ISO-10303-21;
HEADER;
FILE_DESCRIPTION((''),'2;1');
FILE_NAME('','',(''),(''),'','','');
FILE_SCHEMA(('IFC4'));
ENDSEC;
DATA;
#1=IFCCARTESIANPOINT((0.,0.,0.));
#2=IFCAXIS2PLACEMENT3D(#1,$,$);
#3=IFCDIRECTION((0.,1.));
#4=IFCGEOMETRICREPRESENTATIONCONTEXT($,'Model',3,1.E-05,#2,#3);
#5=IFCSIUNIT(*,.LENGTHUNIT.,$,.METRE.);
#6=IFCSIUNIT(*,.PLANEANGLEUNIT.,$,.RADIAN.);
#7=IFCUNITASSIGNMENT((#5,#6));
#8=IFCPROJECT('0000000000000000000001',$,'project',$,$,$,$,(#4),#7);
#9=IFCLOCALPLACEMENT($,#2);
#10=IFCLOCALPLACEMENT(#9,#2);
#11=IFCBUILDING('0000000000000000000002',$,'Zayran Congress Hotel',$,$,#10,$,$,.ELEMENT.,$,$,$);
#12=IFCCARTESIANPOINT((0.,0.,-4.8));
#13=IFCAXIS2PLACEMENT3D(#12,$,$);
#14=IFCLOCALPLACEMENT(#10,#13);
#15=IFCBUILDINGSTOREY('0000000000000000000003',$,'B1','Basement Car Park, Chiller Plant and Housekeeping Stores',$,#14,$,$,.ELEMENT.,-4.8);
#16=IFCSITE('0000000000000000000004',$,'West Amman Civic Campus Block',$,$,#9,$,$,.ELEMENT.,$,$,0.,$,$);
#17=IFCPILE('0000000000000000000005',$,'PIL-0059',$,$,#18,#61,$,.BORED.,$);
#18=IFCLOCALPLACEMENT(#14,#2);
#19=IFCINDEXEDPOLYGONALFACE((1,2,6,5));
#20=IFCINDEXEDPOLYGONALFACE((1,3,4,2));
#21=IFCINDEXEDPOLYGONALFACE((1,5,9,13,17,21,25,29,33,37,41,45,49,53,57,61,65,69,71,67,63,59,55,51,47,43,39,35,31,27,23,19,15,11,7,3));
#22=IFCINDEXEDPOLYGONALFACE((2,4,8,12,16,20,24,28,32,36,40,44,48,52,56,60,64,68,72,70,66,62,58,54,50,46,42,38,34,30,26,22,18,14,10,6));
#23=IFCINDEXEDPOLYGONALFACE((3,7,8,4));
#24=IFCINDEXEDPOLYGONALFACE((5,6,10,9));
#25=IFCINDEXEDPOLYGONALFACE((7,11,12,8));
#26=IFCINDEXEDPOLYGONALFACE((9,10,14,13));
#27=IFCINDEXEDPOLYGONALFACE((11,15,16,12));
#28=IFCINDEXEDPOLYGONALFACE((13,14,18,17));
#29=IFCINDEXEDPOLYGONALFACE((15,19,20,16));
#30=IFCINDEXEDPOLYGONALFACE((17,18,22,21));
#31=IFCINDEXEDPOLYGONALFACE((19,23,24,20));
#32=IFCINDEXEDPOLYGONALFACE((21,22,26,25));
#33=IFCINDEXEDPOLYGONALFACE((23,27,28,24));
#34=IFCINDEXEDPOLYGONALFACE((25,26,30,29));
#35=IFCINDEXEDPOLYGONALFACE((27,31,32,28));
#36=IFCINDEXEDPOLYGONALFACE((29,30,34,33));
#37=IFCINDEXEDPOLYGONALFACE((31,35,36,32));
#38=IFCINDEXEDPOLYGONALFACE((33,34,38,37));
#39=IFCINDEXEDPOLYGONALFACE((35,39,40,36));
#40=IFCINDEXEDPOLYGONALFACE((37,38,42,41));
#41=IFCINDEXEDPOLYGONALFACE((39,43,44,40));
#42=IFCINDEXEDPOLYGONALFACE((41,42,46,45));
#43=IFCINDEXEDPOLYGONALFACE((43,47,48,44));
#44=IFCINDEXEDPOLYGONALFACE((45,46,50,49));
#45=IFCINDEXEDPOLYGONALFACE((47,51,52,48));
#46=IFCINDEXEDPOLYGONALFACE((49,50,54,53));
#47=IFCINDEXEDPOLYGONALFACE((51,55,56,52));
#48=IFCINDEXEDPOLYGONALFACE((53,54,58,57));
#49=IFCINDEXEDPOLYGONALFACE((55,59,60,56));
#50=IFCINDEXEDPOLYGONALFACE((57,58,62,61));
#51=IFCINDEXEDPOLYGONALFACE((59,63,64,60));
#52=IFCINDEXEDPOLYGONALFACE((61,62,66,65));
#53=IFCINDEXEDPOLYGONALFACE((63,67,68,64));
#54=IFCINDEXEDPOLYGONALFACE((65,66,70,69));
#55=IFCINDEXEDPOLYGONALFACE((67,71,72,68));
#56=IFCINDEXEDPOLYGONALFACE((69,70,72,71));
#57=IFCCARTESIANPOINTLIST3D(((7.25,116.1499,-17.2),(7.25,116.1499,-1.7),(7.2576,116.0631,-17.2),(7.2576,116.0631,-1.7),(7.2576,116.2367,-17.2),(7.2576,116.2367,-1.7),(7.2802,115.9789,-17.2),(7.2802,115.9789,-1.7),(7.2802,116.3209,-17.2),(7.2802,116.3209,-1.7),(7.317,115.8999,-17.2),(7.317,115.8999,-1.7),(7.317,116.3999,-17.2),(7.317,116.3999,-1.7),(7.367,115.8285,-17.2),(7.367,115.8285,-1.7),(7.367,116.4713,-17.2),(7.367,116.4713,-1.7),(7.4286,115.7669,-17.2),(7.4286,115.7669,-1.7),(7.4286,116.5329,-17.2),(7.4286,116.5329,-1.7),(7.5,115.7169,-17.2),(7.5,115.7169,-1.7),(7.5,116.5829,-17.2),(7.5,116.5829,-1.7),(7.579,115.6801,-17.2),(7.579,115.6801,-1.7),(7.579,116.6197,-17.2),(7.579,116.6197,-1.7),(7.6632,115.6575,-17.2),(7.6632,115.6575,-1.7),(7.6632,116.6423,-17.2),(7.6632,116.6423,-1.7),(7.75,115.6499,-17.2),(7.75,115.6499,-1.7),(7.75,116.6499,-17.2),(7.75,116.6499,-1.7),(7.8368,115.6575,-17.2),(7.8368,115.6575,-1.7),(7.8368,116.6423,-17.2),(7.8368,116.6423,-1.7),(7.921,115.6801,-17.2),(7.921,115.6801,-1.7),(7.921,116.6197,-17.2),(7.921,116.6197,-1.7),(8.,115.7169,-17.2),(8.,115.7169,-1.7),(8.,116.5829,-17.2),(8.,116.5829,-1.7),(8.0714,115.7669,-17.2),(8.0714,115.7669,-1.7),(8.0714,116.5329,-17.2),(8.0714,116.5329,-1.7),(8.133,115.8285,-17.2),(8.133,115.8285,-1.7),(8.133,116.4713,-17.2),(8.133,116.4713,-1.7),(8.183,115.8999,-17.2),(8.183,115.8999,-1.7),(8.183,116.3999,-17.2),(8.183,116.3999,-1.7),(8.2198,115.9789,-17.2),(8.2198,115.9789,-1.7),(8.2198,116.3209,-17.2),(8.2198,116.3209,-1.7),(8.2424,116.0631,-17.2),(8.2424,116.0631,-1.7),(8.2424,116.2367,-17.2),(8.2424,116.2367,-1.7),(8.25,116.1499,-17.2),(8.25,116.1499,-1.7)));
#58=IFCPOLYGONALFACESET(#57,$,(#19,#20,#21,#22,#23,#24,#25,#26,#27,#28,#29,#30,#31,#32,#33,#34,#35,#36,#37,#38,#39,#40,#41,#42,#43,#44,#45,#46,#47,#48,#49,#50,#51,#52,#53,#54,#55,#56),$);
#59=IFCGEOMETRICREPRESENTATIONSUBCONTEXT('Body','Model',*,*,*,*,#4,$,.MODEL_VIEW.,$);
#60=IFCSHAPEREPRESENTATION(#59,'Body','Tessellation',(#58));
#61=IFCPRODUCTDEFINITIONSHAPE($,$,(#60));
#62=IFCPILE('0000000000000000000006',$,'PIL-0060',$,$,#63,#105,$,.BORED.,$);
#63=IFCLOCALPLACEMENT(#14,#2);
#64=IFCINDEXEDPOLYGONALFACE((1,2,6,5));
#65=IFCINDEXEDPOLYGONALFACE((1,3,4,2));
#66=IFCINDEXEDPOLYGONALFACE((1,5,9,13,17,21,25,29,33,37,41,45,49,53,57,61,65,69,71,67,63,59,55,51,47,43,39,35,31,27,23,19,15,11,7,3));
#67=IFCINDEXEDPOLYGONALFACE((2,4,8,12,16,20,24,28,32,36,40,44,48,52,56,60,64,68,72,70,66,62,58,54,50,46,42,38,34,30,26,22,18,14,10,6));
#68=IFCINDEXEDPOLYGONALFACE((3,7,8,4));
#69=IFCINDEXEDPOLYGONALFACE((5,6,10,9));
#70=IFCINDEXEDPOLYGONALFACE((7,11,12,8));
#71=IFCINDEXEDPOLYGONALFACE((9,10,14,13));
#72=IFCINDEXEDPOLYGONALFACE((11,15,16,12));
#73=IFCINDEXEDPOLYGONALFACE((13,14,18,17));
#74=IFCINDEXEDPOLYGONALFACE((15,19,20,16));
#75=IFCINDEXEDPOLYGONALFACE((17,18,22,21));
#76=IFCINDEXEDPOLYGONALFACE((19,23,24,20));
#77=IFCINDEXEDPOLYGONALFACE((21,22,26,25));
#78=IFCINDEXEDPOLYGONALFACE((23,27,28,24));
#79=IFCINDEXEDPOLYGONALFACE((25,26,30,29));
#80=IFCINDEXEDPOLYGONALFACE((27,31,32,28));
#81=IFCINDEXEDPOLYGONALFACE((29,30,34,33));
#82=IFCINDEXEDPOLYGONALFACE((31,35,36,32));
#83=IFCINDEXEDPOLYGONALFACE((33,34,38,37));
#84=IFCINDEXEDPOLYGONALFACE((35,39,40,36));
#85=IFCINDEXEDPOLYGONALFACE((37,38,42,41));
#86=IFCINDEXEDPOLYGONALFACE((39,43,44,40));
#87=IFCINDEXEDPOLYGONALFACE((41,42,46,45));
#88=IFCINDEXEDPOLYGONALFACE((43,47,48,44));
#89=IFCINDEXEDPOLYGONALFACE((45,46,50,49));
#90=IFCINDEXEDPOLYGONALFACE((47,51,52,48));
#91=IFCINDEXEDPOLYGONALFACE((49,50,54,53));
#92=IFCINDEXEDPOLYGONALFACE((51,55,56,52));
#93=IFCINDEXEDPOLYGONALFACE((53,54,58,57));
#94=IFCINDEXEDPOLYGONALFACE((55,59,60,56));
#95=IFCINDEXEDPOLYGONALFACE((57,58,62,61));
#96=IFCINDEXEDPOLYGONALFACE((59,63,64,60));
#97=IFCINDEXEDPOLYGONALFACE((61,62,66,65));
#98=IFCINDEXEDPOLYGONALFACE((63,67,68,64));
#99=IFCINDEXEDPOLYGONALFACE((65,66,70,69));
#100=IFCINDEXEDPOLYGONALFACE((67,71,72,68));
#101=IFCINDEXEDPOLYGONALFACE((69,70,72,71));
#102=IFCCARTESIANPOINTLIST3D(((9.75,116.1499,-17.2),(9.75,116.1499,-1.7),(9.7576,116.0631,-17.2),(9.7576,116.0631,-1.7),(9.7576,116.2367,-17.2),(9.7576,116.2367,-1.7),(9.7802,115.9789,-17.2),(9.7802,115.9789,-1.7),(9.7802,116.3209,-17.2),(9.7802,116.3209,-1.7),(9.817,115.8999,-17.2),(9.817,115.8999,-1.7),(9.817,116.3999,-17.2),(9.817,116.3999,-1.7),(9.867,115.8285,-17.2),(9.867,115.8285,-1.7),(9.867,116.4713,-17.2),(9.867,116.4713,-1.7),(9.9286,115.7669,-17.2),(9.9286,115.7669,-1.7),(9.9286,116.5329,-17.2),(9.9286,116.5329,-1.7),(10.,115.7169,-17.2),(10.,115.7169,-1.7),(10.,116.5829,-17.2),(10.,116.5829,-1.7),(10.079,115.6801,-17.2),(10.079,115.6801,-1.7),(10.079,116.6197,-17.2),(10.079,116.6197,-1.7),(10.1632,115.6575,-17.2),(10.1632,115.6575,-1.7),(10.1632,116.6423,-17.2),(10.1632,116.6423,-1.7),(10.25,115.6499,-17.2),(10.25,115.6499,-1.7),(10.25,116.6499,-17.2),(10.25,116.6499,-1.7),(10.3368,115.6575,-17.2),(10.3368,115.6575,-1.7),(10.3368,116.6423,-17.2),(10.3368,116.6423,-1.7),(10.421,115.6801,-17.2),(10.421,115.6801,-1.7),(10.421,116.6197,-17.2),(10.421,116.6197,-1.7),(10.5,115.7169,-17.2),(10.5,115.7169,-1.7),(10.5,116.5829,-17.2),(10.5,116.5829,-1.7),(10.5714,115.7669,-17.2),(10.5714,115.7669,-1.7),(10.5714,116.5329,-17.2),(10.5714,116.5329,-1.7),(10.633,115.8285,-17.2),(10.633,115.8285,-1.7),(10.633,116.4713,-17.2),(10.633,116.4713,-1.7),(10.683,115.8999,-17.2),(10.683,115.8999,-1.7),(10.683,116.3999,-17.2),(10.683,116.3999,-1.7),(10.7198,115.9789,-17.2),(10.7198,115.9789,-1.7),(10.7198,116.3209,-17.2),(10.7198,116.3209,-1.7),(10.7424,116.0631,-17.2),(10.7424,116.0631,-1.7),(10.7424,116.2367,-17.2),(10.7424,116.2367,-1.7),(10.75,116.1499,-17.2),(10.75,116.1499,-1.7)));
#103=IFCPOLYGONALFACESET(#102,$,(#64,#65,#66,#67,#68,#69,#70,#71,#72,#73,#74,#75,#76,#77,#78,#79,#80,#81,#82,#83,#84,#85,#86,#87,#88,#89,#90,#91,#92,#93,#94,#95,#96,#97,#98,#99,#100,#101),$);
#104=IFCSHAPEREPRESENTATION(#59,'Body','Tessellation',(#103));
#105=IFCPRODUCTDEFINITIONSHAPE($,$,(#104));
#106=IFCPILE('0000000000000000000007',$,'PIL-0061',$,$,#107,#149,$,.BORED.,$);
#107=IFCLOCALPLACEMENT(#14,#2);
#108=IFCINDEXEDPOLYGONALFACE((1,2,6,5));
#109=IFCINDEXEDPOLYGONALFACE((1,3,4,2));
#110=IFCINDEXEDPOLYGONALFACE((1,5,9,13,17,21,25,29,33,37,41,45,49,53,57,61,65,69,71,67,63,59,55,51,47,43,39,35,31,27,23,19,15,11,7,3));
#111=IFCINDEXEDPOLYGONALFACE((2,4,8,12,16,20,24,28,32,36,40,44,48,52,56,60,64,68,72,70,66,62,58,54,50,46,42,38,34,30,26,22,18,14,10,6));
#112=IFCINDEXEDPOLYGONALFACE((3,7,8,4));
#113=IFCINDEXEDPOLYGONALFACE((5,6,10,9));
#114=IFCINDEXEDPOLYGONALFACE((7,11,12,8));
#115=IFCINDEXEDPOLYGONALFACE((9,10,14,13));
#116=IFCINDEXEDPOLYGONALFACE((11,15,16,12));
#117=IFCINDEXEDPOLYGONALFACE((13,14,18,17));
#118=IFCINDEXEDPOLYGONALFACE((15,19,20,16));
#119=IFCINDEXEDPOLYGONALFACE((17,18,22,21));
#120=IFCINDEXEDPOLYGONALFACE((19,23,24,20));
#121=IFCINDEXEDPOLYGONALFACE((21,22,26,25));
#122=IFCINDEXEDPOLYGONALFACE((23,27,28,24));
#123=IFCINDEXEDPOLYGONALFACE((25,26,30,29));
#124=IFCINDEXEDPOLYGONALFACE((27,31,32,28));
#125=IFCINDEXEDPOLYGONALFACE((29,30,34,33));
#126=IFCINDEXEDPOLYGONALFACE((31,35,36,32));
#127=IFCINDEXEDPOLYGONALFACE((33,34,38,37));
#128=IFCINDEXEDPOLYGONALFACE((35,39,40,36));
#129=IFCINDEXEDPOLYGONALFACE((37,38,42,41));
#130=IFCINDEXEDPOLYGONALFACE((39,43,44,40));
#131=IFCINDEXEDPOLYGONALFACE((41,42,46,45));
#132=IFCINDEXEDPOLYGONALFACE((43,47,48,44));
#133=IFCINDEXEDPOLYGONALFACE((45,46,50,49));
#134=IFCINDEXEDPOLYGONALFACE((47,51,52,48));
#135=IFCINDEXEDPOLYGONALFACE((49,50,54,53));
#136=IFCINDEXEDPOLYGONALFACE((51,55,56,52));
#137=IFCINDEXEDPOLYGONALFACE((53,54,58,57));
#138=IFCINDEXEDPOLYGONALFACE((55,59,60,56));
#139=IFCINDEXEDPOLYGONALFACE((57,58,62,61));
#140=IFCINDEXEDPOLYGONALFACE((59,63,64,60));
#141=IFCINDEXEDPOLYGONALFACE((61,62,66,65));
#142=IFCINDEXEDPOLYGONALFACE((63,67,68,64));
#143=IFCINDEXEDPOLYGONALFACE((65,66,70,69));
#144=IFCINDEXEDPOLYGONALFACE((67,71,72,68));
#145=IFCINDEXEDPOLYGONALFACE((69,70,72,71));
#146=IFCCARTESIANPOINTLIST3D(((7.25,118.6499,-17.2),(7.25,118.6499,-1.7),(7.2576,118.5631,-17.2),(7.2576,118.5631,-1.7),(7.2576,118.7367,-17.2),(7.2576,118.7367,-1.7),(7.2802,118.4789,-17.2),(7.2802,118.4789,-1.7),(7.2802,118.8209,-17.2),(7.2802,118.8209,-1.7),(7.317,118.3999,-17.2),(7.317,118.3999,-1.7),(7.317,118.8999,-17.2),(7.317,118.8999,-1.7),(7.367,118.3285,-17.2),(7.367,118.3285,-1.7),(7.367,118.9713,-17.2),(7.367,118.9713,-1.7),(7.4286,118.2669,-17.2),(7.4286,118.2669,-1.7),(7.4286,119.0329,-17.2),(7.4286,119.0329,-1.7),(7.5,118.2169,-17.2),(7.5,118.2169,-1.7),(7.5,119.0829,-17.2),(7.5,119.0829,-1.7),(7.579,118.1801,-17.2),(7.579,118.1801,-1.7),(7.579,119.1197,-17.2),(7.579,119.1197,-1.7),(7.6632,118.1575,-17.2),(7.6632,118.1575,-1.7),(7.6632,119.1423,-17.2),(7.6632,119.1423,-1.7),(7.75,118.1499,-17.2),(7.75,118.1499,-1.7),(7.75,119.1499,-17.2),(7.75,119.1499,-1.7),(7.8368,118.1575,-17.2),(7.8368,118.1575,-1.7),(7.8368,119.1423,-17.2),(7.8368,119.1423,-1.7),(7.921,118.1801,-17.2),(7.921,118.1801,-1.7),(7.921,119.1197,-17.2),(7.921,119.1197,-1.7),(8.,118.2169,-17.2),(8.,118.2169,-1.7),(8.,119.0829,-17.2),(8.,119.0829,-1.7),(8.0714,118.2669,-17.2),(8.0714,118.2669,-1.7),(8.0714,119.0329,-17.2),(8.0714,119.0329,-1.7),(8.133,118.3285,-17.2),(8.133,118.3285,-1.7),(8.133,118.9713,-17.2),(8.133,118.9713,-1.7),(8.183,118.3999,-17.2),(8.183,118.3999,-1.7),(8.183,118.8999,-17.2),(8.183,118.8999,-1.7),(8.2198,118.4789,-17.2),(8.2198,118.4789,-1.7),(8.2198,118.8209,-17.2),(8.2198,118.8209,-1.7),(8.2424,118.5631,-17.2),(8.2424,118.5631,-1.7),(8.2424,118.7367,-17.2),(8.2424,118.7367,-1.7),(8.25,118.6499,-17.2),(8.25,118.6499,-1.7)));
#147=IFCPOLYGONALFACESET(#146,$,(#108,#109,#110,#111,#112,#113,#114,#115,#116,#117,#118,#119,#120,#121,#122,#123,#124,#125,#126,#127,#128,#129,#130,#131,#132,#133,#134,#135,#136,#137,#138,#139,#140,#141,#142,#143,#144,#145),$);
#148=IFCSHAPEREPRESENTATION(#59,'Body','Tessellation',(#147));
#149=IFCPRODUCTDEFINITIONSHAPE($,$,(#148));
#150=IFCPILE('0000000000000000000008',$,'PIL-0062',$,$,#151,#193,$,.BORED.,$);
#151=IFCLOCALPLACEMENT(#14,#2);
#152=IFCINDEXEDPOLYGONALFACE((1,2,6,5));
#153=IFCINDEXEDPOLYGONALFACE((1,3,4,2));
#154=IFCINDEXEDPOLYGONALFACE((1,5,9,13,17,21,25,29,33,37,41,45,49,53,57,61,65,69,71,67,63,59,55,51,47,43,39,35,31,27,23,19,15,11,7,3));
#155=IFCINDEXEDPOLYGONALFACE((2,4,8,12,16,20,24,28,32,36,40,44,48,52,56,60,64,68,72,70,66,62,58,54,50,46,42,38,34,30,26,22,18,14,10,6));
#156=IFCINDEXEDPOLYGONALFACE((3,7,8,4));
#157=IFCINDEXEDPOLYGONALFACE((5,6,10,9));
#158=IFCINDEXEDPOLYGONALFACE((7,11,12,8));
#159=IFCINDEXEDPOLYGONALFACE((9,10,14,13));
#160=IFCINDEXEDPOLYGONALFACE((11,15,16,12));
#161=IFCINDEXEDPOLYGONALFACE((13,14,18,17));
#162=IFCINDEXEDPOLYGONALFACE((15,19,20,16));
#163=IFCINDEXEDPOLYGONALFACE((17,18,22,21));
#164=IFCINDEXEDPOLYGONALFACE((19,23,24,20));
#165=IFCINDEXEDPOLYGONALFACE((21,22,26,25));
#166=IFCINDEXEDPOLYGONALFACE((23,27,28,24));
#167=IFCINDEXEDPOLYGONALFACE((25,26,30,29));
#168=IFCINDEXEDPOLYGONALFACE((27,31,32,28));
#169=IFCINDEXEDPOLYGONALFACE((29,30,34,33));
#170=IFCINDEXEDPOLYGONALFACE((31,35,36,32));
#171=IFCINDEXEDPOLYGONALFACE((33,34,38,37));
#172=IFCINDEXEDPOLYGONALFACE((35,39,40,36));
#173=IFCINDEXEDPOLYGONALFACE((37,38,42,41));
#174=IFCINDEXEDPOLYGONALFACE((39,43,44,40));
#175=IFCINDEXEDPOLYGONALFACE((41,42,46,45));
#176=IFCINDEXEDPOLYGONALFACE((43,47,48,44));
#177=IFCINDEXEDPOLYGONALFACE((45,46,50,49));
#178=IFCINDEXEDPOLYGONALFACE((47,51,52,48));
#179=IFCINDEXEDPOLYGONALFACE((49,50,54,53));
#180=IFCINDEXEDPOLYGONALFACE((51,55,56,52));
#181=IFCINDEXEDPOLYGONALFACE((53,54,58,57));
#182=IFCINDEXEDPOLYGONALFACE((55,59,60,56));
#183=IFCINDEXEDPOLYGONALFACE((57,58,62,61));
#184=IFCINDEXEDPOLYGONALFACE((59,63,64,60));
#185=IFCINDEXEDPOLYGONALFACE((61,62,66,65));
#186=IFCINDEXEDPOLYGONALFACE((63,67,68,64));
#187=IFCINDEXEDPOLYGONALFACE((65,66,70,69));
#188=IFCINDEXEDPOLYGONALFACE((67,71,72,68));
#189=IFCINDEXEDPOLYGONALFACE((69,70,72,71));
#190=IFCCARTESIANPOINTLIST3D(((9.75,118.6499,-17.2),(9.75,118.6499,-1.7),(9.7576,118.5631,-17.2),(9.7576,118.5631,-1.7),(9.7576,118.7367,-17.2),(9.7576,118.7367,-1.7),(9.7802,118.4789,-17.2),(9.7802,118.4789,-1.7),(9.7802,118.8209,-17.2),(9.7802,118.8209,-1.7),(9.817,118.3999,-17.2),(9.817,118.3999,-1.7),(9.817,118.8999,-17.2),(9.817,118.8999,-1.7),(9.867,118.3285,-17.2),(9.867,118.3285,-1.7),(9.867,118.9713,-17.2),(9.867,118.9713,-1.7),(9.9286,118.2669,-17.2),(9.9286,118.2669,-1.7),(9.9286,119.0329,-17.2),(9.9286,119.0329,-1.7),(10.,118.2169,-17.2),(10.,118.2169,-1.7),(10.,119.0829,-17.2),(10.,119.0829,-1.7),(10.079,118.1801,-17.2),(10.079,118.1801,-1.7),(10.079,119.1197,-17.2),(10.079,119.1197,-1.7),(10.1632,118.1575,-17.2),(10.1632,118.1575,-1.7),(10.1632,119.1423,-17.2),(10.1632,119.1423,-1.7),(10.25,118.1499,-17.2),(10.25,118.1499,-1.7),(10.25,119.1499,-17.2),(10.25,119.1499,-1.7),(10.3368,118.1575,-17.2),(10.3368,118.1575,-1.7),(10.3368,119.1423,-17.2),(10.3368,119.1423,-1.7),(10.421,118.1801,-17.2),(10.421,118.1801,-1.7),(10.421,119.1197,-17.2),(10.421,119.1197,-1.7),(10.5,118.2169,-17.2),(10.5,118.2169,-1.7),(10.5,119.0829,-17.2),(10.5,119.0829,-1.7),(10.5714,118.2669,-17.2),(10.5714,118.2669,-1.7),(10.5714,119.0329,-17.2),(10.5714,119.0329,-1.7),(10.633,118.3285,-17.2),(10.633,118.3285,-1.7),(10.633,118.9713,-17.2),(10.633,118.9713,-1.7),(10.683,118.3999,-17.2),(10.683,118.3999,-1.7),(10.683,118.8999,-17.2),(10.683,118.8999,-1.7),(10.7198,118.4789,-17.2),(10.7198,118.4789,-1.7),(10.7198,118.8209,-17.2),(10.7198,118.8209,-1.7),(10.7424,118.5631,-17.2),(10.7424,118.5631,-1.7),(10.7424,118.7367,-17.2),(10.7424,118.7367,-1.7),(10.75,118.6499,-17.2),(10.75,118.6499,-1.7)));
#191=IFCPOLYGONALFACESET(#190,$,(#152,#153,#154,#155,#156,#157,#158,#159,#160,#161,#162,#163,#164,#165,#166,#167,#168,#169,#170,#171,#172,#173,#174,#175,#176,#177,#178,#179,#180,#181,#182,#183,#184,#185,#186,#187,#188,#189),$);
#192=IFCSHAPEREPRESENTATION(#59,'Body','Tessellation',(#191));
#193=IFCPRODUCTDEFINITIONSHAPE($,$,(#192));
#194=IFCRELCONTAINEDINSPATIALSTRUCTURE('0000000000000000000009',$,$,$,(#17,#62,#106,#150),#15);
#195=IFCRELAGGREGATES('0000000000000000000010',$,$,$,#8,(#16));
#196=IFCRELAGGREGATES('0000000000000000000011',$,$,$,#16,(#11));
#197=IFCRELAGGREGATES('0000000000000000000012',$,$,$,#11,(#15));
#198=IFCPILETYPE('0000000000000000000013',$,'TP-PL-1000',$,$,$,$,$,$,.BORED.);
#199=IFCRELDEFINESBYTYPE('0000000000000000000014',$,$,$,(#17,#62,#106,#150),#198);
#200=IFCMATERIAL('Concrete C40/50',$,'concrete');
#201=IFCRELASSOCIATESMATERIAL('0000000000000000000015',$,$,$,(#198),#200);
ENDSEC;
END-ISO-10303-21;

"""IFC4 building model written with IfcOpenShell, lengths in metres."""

from ifc_helpers import new_model, si_unit, direction, frame, origin, origin_2d, place, context, subcontext, project, spatial, circle, extrude, material, material_profile, profile_set, type_object, element, save


model = new_model("IFC4")

# Units and contexts
model_context = context("Model", 3, precision=1e-05, world=origin(), true_north=direction((0.0, 1.0)))
body_context = subcontext(model_context, "Body", "Model", "MODEL_VIEW")
ifc_project = project(units=[si_unit("LENGTHUNIT", "METRE"), si_unit("PLANEANGLEUNIT", "RADIAN")], contexts=[model_context])

# Site, building, storey
site_placement = place(None, origin())
site = spatial("IfcSite", under=ifc_project, at=site_placement, Name="West Amman Civic Campus Block", CompositionType="ELEMENT", RefElevation=0.0)
building_placement = place(site_placement, origin())
building = spatial("IfcBuilding", under=site, at=building_placement, Name="Zayran Congress Hotel", CompositionType="ELEMENT")
storey_placement = place(building_placement, frame((0.0, 0.0, -4.8)))
storey = spatial("IfcBuildingStorey", under=building, at=storey_placement, Name="B1", Description="Basement Car Park, Chiller Plant and Housekeeping Stores", CompositionType="ELEMENT", Elevation=-4.8)

# Piles
ifc_material_1 = material(Name="Concrete C40/50", Category="concrete")
ifc_material_profile_1 = material_profile(ifc_material_1, circle(Radius=0.5, at=origin_2d()), Name="PILE D1000")
ifc_profile_set_1 = profile_set([ifc_material_profile_1], Name="Concrete C40/50")
pile_type = type_object("IfcPileType", Name="TP-PL-1000", PredefinedType="BORED", material=ifc_profile_set_1)
for number, where, z_axis, x_axis, name in (
    (1, (7.75, 116.1499, -1.7), (0.0, 0.0, -1.0), (1.0, 0.0, 0.0), "PIL-0059"),
    (2, (10.25, 116.1499, -1.7), (0.0, 0.0, -1.0), (1.0, 0.0, 0.0), "PIL-0060"),
    (3, (7.75, 118.6499, -1.7), (0.0, 0.0, -1.0), (1.0, 0.0, 0.0), "PIL-0061"),
    (4, (10.25, 118.6499, -1.7), (0.0, 0.0, -1.0), (1.0, 0.0, 0.0), "PIL-0062"),
):
    element("IfcPile", number, at=place(storey_placement, frame(where, z_axis=z_axis, x_axis=x_axis)), inside=storey, type_object=pile_type, Name=name, PredefinedType="BORED", context=body_context, shape_type="SweptSolid", body=[
        extrude(circle(Radius=0.5, at=origin_2d()), origin(), (0.0, 0.0, 1.0), 15.5),
    ])

save(model, "model.ifc")
